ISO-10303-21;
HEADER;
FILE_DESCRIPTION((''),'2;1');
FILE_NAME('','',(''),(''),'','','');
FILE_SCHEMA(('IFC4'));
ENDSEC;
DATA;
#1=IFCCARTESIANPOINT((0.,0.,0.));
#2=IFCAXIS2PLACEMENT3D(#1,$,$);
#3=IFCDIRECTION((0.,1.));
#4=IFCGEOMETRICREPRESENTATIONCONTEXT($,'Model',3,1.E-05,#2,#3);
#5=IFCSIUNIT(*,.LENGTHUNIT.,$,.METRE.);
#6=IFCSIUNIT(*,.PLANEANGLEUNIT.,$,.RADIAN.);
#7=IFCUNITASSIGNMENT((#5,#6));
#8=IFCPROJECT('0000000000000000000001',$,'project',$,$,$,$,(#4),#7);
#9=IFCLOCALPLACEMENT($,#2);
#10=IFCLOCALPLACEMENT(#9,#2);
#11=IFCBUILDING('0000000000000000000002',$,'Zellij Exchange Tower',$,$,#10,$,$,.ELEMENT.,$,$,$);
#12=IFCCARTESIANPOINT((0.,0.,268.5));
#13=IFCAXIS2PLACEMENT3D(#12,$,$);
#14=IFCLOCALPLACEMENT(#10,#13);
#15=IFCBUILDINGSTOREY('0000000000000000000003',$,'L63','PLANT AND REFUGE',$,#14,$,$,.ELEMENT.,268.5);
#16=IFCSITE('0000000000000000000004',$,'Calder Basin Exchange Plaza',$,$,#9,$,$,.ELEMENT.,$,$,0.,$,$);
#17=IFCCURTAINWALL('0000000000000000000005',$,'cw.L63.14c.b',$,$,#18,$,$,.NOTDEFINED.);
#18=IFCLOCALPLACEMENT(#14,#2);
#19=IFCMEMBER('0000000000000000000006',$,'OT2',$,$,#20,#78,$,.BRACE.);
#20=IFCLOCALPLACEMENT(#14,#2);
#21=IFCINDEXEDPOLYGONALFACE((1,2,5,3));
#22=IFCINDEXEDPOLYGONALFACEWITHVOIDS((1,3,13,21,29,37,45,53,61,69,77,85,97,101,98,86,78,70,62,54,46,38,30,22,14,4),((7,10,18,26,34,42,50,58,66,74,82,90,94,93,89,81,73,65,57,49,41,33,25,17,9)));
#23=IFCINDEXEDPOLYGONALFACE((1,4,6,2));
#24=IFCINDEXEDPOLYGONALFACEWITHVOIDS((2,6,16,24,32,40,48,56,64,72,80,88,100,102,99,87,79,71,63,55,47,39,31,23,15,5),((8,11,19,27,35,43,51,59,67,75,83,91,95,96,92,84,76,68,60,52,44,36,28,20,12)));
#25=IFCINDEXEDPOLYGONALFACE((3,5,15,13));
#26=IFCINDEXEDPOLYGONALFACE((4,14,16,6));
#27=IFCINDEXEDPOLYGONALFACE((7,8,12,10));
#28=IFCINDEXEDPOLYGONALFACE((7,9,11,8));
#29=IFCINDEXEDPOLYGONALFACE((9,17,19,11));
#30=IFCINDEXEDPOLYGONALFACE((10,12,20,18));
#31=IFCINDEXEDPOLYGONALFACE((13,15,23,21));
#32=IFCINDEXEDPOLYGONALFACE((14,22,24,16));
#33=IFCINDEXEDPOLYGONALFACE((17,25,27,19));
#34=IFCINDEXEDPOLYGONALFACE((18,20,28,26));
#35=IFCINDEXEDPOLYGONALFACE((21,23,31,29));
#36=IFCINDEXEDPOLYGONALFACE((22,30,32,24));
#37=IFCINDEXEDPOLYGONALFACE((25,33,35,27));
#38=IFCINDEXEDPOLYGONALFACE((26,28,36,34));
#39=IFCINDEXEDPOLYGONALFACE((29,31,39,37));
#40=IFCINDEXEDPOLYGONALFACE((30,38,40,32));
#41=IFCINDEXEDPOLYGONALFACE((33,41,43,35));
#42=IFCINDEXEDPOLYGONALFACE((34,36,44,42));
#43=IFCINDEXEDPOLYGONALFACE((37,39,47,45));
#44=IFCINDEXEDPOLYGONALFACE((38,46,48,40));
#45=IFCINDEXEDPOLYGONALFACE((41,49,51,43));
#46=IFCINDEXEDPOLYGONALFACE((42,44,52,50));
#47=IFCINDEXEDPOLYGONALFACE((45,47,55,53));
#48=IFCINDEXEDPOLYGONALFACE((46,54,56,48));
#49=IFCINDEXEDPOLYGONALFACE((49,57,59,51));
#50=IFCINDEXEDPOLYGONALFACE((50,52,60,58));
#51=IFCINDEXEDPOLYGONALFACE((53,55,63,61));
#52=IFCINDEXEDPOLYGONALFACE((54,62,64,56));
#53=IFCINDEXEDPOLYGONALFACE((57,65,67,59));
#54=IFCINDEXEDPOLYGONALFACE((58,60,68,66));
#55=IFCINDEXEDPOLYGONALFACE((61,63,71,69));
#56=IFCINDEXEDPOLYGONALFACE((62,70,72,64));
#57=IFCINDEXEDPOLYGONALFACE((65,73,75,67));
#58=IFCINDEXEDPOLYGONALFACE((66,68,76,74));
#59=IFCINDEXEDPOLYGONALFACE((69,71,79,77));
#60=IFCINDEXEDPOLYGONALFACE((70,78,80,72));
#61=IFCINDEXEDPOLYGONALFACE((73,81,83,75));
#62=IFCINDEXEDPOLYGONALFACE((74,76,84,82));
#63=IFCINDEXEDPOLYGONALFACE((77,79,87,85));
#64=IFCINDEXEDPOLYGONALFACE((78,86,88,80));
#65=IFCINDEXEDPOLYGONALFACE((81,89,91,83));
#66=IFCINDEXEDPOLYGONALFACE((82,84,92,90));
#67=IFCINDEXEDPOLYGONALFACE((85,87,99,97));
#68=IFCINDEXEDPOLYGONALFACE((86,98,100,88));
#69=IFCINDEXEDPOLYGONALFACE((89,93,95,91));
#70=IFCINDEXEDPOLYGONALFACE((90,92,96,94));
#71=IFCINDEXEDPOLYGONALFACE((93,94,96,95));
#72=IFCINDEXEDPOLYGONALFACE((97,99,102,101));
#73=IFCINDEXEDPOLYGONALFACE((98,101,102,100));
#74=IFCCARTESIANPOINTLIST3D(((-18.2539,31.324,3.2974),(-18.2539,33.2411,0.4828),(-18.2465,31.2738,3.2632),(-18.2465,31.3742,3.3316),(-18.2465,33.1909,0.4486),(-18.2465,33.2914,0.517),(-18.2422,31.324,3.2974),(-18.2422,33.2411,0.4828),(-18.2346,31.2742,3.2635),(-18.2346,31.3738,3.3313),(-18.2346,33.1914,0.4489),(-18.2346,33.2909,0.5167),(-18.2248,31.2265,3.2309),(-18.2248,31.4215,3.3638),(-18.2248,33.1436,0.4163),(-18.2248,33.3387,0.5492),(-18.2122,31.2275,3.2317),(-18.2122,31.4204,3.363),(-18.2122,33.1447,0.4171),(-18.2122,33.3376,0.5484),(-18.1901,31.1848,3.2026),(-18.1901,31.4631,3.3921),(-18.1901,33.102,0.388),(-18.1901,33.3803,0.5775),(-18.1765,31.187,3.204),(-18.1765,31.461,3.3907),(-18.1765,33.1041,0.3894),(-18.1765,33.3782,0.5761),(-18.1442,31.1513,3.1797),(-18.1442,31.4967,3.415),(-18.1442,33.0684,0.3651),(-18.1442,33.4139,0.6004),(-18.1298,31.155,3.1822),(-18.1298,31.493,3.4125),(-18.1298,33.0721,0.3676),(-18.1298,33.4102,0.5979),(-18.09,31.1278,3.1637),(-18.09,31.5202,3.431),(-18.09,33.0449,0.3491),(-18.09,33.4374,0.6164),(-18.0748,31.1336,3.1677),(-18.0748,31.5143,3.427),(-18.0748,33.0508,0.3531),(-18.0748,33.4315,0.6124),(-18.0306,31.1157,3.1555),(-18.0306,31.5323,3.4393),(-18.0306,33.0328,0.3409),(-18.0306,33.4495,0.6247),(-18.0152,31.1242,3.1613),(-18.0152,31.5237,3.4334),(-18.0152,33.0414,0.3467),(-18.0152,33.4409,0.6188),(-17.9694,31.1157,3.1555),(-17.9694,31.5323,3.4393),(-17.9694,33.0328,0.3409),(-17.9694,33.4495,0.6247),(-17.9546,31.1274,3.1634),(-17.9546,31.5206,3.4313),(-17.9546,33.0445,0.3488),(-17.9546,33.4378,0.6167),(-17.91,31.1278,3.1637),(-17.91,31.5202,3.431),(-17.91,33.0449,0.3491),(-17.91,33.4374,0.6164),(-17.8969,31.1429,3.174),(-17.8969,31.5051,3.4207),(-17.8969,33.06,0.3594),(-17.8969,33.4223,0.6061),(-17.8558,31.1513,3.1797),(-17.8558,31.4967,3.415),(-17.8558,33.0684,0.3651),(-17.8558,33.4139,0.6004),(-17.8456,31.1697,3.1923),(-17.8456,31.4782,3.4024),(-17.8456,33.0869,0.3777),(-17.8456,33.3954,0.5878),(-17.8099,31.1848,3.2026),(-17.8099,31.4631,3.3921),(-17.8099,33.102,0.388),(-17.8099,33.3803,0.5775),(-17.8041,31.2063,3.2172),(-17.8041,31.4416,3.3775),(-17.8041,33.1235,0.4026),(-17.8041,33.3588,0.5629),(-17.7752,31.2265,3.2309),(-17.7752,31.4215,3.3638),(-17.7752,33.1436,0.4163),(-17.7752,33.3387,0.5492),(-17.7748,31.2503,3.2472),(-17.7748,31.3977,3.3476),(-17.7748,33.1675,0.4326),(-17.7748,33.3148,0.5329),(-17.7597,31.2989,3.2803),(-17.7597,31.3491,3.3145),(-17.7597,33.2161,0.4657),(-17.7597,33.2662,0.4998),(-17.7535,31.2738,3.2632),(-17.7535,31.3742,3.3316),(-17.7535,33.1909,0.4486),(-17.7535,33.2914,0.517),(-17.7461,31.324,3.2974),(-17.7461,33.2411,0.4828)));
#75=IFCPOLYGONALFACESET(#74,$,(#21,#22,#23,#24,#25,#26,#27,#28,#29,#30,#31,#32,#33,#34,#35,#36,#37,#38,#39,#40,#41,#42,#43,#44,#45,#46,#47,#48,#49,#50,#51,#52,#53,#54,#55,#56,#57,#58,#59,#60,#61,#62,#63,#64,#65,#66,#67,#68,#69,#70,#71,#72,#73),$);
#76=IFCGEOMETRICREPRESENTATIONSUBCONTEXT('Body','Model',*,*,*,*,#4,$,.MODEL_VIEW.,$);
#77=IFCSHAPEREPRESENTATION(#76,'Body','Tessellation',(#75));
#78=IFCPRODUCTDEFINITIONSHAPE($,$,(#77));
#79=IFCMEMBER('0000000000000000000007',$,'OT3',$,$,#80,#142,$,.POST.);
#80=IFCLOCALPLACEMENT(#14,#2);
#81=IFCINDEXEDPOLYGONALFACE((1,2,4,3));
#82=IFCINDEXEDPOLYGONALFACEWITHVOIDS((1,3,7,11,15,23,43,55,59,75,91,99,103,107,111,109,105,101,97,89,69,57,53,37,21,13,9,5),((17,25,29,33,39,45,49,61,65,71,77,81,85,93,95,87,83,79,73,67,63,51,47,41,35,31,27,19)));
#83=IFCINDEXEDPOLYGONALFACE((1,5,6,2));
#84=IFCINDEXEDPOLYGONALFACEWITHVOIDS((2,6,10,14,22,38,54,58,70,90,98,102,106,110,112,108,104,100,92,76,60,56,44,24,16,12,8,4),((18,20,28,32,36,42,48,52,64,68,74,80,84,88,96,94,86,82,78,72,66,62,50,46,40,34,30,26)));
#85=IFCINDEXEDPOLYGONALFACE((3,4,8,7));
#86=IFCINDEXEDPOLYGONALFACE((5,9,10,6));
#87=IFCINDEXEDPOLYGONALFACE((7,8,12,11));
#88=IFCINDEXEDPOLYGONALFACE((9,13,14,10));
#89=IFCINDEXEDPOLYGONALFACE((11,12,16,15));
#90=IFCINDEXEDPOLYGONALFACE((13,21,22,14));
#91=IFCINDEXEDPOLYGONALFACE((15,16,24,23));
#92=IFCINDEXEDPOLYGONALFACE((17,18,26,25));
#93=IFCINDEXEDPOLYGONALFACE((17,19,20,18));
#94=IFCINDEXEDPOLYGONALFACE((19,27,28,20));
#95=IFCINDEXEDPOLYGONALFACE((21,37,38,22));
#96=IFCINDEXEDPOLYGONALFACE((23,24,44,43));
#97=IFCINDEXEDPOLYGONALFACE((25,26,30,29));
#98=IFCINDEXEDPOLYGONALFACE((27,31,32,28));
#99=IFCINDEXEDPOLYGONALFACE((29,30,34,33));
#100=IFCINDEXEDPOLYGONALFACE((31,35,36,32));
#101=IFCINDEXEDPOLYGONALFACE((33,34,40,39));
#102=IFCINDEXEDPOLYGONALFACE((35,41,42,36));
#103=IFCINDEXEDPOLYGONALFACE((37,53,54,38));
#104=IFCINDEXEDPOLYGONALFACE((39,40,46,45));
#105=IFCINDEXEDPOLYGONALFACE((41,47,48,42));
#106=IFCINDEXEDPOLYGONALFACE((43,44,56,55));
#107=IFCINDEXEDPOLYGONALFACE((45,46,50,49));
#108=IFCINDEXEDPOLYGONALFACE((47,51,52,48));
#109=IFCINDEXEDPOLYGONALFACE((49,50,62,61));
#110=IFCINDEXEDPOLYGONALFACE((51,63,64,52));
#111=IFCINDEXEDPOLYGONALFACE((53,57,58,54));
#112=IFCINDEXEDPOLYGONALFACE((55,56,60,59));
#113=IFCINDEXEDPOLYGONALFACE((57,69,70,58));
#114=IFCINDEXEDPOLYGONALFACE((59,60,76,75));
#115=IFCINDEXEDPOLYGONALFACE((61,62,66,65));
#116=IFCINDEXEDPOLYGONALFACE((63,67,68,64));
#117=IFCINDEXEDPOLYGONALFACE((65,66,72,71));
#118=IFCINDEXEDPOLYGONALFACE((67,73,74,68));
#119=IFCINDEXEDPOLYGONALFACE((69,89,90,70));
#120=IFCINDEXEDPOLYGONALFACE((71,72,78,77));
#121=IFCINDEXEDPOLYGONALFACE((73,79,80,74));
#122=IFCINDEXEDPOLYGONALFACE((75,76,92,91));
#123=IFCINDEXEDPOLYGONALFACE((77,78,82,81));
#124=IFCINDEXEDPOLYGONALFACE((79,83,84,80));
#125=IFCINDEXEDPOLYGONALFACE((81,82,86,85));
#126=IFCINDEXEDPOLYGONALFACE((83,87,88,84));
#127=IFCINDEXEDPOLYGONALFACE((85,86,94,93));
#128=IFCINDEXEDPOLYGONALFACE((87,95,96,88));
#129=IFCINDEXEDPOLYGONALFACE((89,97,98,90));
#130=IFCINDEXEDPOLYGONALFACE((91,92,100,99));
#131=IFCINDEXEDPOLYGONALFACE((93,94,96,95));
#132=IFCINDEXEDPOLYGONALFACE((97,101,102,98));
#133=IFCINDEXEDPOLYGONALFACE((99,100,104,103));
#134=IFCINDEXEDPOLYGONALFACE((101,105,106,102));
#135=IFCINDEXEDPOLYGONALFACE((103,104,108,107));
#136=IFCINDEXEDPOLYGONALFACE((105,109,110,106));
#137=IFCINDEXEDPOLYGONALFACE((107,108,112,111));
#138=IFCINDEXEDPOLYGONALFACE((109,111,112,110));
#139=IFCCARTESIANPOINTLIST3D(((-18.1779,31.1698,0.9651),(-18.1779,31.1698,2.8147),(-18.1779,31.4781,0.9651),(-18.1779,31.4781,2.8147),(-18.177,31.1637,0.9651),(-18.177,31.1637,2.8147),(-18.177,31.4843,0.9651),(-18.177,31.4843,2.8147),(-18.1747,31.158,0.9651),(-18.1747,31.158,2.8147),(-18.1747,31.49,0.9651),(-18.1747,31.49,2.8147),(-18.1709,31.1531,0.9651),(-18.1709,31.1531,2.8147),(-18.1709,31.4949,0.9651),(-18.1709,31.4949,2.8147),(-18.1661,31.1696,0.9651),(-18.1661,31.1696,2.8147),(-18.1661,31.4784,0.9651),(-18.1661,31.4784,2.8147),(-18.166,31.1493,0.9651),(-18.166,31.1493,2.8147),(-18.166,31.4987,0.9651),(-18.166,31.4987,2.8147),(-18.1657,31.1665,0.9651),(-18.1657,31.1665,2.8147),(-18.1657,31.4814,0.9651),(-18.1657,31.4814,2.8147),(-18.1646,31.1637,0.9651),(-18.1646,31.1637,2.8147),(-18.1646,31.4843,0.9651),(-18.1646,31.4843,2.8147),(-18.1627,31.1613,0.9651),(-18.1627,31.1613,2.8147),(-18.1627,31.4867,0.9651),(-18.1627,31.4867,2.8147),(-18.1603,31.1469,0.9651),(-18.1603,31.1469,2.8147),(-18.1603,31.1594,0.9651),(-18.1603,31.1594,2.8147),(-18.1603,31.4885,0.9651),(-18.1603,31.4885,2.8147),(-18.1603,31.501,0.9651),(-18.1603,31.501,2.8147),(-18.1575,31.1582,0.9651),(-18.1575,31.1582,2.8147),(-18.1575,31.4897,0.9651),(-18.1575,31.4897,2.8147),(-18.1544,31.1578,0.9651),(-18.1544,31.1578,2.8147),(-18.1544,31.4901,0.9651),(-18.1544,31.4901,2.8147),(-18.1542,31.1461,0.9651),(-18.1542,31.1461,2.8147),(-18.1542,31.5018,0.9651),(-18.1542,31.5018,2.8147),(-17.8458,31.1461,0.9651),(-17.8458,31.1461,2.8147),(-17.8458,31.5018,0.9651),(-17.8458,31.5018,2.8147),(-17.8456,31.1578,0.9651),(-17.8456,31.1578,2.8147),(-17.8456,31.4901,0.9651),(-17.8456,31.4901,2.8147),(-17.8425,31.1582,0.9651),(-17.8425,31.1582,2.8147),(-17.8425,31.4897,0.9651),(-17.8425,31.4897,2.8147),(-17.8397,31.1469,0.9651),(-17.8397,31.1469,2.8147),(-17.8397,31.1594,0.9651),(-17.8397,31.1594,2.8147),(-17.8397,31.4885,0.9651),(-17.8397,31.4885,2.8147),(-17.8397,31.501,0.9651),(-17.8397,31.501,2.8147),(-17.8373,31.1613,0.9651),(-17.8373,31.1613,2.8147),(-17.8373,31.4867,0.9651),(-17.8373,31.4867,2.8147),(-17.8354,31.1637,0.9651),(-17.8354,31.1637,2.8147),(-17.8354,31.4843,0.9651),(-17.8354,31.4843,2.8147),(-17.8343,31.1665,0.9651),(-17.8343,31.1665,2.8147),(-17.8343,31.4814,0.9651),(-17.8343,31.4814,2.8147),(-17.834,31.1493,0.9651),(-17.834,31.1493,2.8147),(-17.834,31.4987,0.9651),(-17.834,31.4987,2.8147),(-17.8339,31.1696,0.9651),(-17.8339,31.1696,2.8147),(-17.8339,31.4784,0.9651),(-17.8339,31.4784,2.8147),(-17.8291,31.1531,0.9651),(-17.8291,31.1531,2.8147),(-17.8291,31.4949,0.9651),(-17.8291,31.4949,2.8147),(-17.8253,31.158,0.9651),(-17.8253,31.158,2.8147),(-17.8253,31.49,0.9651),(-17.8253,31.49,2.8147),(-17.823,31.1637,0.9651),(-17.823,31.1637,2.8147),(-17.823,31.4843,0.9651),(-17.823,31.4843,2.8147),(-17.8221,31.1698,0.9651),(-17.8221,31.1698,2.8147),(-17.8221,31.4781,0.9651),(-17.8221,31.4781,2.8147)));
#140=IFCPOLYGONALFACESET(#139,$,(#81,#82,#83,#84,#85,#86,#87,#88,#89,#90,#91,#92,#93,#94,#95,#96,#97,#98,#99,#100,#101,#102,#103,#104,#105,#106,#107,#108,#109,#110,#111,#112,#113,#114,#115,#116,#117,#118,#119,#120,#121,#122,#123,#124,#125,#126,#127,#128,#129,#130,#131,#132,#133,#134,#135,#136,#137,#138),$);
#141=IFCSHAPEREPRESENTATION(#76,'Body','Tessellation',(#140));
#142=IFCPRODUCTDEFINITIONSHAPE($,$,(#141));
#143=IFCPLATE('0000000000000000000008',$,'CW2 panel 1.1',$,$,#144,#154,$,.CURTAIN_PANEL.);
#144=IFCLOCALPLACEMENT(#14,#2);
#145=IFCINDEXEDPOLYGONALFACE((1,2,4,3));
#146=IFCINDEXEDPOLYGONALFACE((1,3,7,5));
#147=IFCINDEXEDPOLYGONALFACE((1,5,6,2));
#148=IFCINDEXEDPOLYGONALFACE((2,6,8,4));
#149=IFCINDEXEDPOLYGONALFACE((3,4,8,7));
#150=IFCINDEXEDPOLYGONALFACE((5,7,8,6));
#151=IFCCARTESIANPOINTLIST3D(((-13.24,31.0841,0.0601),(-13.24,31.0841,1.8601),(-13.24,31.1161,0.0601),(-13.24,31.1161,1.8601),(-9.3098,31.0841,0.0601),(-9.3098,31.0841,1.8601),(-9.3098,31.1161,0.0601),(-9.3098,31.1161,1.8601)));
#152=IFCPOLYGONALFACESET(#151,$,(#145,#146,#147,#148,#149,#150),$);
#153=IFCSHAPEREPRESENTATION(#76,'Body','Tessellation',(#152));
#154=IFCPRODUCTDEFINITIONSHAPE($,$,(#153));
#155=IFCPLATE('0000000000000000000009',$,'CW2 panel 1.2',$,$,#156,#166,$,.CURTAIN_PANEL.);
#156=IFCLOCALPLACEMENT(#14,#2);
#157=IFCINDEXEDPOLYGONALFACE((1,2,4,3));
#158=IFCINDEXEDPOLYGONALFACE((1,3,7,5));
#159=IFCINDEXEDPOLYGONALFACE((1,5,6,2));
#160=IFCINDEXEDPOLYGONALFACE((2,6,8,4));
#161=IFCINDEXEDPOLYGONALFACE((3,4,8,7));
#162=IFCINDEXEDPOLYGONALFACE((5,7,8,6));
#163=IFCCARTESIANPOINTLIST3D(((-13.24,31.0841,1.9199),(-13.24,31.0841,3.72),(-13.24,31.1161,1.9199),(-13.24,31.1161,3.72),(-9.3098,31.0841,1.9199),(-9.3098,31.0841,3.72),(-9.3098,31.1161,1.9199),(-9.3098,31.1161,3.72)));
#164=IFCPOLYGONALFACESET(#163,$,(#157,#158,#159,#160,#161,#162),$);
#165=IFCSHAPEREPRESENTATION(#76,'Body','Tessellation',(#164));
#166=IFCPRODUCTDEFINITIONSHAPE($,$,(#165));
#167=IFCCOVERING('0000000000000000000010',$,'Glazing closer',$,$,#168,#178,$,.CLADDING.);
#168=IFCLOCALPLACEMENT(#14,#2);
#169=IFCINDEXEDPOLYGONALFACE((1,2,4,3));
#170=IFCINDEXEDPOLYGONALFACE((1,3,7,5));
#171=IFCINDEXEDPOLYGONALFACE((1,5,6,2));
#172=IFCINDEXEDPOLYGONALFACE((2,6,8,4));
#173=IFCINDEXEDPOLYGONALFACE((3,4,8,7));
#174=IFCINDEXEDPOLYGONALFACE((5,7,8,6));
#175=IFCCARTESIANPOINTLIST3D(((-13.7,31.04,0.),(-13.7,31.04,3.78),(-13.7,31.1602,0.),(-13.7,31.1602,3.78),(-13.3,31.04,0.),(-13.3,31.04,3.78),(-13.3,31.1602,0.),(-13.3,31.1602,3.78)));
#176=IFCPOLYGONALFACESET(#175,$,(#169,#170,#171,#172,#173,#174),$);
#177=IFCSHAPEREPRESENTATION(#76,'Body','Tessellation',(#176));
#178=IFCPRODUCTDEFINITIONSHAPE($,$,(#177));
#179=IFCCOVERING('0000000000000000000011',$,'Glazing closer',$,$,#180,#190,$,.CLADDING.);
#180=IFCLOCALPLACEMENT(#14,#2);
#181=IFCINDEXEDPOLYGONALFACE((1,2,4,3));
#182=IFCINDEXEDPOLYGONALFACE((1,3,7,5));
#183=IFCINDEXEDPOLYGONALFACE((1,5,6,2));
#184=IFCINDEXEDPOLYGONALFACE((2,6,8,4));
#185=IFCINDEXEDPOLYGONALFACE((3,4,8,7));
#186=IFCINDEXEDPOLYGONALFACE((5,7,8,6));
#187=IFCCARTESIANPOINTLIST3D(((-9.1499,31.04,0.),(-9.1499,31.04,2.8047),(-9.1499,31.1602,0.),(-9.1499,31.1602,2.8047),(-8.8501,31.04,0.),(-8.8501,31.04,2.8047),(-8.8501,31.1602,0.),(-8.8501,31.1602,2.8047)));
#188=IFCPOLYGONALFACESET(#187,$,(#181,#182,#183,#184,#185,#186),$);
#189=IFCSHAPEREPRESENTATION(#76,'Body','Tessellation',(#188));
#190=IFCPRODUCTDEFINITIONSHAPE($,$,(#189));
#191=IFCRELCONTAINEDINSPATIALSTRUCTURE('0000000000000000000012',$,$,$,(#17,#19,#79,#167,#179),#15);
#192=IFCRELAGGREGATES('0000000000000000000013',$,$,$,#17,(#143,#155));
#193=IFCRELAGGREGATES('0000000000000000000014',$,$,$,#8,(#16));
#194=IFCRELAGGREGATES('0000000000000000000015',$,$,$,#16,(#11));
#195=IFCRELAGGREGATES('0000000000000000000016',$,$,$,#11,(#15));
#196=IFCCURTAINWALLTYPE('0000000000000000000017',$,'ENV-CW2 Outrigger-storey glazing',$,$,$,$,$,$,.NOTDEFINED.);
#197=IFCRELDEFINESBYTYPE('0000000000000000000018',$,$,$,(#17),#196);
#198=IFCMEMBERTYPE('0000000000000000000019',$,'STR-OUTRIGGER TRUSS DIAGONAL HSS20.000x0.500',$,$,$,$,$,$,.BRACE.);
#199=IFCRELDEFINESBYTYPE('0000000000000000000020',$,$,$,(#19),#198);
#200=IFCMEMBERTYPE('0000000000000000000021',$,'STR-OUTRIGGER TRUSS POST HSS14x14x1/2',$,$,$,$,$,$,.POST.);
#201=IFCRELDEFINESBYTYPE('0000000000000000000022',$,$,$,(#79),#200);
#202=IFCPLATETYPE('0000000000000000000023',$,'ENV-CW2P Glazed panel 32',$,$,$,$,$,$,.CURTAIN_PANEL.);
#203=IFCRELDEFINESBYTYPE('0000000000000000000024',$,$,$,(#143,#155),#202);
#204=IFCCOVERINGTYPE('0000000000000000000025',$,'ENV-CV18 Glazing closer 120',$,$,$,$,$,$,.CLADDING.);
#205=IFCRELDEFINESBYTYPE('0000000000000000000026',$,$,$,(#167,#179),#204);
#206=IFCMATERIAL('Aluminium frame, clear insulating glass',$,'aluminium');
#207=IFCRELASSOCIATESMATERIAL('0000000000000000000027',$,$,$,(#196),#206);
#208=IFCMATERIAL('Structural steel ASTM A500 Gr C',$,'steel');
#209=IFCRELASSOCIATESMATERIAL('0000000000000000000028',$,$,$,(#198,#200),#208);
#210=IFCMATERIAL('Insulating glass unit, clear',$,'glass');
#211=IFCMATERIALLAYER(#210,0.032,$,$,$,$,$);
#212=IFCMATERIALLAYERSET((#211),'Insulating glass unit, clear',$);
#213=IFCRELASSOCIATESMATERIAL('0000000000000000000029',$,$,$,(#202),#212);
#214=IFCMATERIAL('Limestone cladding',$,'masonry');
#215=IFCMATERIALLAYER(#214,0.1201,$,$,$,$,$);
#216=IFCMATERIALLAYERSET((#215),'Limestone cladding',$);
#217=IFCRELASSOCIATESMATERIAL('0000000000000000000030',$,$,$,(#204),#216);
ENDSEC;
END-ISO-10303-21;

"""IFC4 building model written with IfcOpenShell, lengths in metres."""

from ifc_helpers import new_model, si_unit, direction, frame, origin, origin_2d, place, context, subcontext, project, spatial, rectangle, hollow_rectangle, hollow_circle, extrude, material, layer, layer_set, material_profile, profile_set, type_object, element, aggregate, save


model = new_model("IFC4")

# Units and contexts
model_context = context("Model", 3, precision=1e-05, world=origin(), true_north=direction((0.0, 1.0)))
body_context = subcontext(model_context, "Body", "Model", "MODEL_VIEW")
ifc_project = project(units=[si_unit("LENGTHUNIT", "METRE"), si_unit("PLANEANGLEUNIT", "RADIAN")], contexts=[model_context])

# Site, building, storey
site_placement = place(None, origin())
site = spatial("IfcSite", under=ifc_project, at=site_placement, Name="Calder Basin Exchange Plaza", CompositionType="ELEMENT", RefElevation=0.0)
building_placement = place(site_placement, origin())
building = spatial("IfcBuilding", under=site, at=building_placement, Name="Zellij Exchange Tower", CompositionType="ELEMENT")
storey_placement = place(building_placement, frame((0.0, 0.0, 268.5)))
storey = spatial("IfcBuildingStorey", under=building, at=storey_placement, Name="L63", Description="PLANT AND REFUGE", CompositionType="ELEMENT", Elevation=268.5)

# Curtain wall
ifc_material_1 = material(Name="Aluminium frame, clear insulating glass", Category="aluminium")
curtain_wall_type = type_object("IfcCurtainWallType", Name="ENV-CW2 Outrigger-storey glazing", PredefinedType="NOTDEFINED", material=ifc_material_1)
curtain_wall_1_placement = place(storey_placement, origin())
curtain_wall_1 = element("IfcCurtainWall", 1, at=curtain_wall_1_placement, inside=storey, type_object=curtain_wall_type, Name="cw.L63.14c.b", PredefinedType="NOTDEFINED")

# Shared definitions
ifc_material_2 = material(Name="Structural steel ASTM A500 Gr C", Category="steel")

# Members
ifc_material_profile_1 = material_profile(ifc_material_2, hollow_circle(Radius=0.2539, WallThickness=0.0117, at=origin_2d()), Name="STR-OUTRIGGER TRUSS DIAGONAL HSS20.000x0.500")
ifc_profile_set_1 = profile_set([ifc_material_profile_1], Name="Structural steel ASTM A500 Gr C")
member_type_1 = type_object("IfcMemberType", Name="STR-OUTRIGGER TRUSS DIAGONAL HSS20.000x0.500", PredefinedType="BRACE", material=ifc_profile_set_1)
member_1_placement = place(storey_placement, frame((-18.0, 31.324, 3.2974), z_axis=(0.0, 0.562961, -0.826484), x_axis=(-1.0, 0.0, 0.0)))
element("IfcMember", 2, at=member_1_placement, inside=storey, type_object=member_type_1, Name="OT2", PredefinedType="BRACE", context=body_context, shape_type="SweptSolid", body=[
    extrude(hollow_circle(Radius=0.2539, WallThickness=0.0117, at=origin_2d()), origin(), (0.0, 0.0, 1.0), 3.4055),
])
ifc_material_profile_2 = material_profile(ifc_material_2, hollow_rectangle(XDim=0.3557, YDim=0.3557, WallThickness=0.0117, InnerFilletRadius=0.0117, OuterFilletRadius=0.0237, at=origin_2d()), Name="STR-OUTRIGGER TRUSS POST HSS14x14x1/2")
ifc_profile_set_2 = profile_set([ifc_material_profile_2], Name="Structural steel ASTM A500 Gr C")
member_type_2 = type_object("IfcMemberType", Name="STR-OUTRIGGER TRUSS POST HSS14x14x1/2", PredefinedType="POST", material=ifc_profile_set_2)
member_2_placement = place(storey_placement, frame((-18.0, 31.324, 0.9651), z_axis=(0.0, 0.0, 1.0), x_axis=(1.0, 0.0, 0.0)))
element("IfcMember", 3, at=member_2_placement, inside=storey, type_object=member_type_2, Name="OT3", PredefinedType="POST", context=body_context, shape_type="SweptSolid", body=[
    extrude(hollow_rectangle(XDim=0.3557, YDim=0.3557, WallThickness=0.0117, InnerFilletRadius=0.0117, OuterFilletRadius=0.0237, at=origin_2d()), origin(), (0.0, 0.0, 1.0), 1.8496),
])

# Plates
ifc_material_3 = material(Name="Insulating glass unit, clear", Category="glass")
ifc_layer_1 = layer(ifc_material_3, 0.032)
ifc_layer_set_1 = layer_set([ifc_layer_1], Name="Insulating glass unit, clear")
plate_type = type_object("IfcPlateType", Name="ENV-CW2P Glazed panel 32", PredefinedType="CURTAIN_PANEL", material=ifc_layer_set_1)
plate_1_placement = place(storey_placement, frame((-11.2749, 31.1001, 0.0601), z_axis=(0.0, 0.0, 1.0), x_axis=(-1.0, 0.0, 0.0)))
plate_1 = element("IfcPlate", 4, at=plate_1_placement, type_object=plate_type, Name="CW2 panel 1.1", PredefinedType="CURTAIN_PANEL", context=body_context, shape_type="SweptSolid", body=[
    extrude(rectangle(XDim=3.9302, YDim=0.032, at=origin_2d()), origin(), (0.0, 0.0, 1.0), 1.8),
])
plate_2_placement = place(storey_placement, frame((-11.2749, 31.1001, 1.9199), z_axis=(0.0, 0.0, 1.0), x_axis=(-1.0, 0.0, 0.0)))
plate_2 = element("IfcPlate", 5, at=plate_2_placement, type_object=plate_type, Name="CW2 panel 1.2", PredefinedType="CURTAIN_PANEL", context=body_context, shape_type="SweptSolid", body=[
    extrude(rectangle(XDim=3.9302, YDim=0.032, at=origin_2d()), origin(), (0.0, 0.0, 1.0), 1.8),
])
aggregate(curtain_wall_1, [plate_1, plate_2])

# Coverings
ifc_material_4 = material(Name="Limestone cladding", Category="masonry")
ifc_layer_2 = layer(ifc_material_4, 0.1201)
ifc_layer_set_2 = layer_set([ifc_layer_2], Name="Limestone cladding")
covering_type = type_object("IfcCoveringType", Name="ENV-CV18 Glazing closer 120", PredefinedType="CLADDING", material=ifc_layer_set_2)
covering_1_placement = place(storey_placement, frame((-13.5, 31.1001, 0.0), z_axis=(0.0, 0.0, 1.0), x_axis=(-1.0, 0.0, 0.0)))
element("IfcCovering", 6, at=covering_1_placement, inside=storey, type_object=covering_type, Name="Glazing closer", PredefinedType="CLADDING", context=body_context, shape_type="SweptSolid", body=[
    extrude(rectangle(XDim=0.3999, YDim=0.1201, at=origin_2d()), origin(), (0.0, 0.0, 1.0), 3.78),
])
covering_2_placement = place(storey_placement, frame((-9.0, 31.1001, 0.0), z_axis=(0.0, 0.0, 1.0), x_axis=(-1.0, 0.0, 0.0)))
element("IfcCovering", 7, at=covering_2_placement, inside=storey, type_object=covering_type, Name="Glazing closer", PredefinedType="CLADDING", context=body_context, shape_type="SweptSolid", body=[
    extrude(rectangle(XDim=0.2998, YDim=0.1201, at=origin_2d()), origin(), (0.0, 0.0, 1.0), 2.8047),
])

save(model, "model.ifc")
